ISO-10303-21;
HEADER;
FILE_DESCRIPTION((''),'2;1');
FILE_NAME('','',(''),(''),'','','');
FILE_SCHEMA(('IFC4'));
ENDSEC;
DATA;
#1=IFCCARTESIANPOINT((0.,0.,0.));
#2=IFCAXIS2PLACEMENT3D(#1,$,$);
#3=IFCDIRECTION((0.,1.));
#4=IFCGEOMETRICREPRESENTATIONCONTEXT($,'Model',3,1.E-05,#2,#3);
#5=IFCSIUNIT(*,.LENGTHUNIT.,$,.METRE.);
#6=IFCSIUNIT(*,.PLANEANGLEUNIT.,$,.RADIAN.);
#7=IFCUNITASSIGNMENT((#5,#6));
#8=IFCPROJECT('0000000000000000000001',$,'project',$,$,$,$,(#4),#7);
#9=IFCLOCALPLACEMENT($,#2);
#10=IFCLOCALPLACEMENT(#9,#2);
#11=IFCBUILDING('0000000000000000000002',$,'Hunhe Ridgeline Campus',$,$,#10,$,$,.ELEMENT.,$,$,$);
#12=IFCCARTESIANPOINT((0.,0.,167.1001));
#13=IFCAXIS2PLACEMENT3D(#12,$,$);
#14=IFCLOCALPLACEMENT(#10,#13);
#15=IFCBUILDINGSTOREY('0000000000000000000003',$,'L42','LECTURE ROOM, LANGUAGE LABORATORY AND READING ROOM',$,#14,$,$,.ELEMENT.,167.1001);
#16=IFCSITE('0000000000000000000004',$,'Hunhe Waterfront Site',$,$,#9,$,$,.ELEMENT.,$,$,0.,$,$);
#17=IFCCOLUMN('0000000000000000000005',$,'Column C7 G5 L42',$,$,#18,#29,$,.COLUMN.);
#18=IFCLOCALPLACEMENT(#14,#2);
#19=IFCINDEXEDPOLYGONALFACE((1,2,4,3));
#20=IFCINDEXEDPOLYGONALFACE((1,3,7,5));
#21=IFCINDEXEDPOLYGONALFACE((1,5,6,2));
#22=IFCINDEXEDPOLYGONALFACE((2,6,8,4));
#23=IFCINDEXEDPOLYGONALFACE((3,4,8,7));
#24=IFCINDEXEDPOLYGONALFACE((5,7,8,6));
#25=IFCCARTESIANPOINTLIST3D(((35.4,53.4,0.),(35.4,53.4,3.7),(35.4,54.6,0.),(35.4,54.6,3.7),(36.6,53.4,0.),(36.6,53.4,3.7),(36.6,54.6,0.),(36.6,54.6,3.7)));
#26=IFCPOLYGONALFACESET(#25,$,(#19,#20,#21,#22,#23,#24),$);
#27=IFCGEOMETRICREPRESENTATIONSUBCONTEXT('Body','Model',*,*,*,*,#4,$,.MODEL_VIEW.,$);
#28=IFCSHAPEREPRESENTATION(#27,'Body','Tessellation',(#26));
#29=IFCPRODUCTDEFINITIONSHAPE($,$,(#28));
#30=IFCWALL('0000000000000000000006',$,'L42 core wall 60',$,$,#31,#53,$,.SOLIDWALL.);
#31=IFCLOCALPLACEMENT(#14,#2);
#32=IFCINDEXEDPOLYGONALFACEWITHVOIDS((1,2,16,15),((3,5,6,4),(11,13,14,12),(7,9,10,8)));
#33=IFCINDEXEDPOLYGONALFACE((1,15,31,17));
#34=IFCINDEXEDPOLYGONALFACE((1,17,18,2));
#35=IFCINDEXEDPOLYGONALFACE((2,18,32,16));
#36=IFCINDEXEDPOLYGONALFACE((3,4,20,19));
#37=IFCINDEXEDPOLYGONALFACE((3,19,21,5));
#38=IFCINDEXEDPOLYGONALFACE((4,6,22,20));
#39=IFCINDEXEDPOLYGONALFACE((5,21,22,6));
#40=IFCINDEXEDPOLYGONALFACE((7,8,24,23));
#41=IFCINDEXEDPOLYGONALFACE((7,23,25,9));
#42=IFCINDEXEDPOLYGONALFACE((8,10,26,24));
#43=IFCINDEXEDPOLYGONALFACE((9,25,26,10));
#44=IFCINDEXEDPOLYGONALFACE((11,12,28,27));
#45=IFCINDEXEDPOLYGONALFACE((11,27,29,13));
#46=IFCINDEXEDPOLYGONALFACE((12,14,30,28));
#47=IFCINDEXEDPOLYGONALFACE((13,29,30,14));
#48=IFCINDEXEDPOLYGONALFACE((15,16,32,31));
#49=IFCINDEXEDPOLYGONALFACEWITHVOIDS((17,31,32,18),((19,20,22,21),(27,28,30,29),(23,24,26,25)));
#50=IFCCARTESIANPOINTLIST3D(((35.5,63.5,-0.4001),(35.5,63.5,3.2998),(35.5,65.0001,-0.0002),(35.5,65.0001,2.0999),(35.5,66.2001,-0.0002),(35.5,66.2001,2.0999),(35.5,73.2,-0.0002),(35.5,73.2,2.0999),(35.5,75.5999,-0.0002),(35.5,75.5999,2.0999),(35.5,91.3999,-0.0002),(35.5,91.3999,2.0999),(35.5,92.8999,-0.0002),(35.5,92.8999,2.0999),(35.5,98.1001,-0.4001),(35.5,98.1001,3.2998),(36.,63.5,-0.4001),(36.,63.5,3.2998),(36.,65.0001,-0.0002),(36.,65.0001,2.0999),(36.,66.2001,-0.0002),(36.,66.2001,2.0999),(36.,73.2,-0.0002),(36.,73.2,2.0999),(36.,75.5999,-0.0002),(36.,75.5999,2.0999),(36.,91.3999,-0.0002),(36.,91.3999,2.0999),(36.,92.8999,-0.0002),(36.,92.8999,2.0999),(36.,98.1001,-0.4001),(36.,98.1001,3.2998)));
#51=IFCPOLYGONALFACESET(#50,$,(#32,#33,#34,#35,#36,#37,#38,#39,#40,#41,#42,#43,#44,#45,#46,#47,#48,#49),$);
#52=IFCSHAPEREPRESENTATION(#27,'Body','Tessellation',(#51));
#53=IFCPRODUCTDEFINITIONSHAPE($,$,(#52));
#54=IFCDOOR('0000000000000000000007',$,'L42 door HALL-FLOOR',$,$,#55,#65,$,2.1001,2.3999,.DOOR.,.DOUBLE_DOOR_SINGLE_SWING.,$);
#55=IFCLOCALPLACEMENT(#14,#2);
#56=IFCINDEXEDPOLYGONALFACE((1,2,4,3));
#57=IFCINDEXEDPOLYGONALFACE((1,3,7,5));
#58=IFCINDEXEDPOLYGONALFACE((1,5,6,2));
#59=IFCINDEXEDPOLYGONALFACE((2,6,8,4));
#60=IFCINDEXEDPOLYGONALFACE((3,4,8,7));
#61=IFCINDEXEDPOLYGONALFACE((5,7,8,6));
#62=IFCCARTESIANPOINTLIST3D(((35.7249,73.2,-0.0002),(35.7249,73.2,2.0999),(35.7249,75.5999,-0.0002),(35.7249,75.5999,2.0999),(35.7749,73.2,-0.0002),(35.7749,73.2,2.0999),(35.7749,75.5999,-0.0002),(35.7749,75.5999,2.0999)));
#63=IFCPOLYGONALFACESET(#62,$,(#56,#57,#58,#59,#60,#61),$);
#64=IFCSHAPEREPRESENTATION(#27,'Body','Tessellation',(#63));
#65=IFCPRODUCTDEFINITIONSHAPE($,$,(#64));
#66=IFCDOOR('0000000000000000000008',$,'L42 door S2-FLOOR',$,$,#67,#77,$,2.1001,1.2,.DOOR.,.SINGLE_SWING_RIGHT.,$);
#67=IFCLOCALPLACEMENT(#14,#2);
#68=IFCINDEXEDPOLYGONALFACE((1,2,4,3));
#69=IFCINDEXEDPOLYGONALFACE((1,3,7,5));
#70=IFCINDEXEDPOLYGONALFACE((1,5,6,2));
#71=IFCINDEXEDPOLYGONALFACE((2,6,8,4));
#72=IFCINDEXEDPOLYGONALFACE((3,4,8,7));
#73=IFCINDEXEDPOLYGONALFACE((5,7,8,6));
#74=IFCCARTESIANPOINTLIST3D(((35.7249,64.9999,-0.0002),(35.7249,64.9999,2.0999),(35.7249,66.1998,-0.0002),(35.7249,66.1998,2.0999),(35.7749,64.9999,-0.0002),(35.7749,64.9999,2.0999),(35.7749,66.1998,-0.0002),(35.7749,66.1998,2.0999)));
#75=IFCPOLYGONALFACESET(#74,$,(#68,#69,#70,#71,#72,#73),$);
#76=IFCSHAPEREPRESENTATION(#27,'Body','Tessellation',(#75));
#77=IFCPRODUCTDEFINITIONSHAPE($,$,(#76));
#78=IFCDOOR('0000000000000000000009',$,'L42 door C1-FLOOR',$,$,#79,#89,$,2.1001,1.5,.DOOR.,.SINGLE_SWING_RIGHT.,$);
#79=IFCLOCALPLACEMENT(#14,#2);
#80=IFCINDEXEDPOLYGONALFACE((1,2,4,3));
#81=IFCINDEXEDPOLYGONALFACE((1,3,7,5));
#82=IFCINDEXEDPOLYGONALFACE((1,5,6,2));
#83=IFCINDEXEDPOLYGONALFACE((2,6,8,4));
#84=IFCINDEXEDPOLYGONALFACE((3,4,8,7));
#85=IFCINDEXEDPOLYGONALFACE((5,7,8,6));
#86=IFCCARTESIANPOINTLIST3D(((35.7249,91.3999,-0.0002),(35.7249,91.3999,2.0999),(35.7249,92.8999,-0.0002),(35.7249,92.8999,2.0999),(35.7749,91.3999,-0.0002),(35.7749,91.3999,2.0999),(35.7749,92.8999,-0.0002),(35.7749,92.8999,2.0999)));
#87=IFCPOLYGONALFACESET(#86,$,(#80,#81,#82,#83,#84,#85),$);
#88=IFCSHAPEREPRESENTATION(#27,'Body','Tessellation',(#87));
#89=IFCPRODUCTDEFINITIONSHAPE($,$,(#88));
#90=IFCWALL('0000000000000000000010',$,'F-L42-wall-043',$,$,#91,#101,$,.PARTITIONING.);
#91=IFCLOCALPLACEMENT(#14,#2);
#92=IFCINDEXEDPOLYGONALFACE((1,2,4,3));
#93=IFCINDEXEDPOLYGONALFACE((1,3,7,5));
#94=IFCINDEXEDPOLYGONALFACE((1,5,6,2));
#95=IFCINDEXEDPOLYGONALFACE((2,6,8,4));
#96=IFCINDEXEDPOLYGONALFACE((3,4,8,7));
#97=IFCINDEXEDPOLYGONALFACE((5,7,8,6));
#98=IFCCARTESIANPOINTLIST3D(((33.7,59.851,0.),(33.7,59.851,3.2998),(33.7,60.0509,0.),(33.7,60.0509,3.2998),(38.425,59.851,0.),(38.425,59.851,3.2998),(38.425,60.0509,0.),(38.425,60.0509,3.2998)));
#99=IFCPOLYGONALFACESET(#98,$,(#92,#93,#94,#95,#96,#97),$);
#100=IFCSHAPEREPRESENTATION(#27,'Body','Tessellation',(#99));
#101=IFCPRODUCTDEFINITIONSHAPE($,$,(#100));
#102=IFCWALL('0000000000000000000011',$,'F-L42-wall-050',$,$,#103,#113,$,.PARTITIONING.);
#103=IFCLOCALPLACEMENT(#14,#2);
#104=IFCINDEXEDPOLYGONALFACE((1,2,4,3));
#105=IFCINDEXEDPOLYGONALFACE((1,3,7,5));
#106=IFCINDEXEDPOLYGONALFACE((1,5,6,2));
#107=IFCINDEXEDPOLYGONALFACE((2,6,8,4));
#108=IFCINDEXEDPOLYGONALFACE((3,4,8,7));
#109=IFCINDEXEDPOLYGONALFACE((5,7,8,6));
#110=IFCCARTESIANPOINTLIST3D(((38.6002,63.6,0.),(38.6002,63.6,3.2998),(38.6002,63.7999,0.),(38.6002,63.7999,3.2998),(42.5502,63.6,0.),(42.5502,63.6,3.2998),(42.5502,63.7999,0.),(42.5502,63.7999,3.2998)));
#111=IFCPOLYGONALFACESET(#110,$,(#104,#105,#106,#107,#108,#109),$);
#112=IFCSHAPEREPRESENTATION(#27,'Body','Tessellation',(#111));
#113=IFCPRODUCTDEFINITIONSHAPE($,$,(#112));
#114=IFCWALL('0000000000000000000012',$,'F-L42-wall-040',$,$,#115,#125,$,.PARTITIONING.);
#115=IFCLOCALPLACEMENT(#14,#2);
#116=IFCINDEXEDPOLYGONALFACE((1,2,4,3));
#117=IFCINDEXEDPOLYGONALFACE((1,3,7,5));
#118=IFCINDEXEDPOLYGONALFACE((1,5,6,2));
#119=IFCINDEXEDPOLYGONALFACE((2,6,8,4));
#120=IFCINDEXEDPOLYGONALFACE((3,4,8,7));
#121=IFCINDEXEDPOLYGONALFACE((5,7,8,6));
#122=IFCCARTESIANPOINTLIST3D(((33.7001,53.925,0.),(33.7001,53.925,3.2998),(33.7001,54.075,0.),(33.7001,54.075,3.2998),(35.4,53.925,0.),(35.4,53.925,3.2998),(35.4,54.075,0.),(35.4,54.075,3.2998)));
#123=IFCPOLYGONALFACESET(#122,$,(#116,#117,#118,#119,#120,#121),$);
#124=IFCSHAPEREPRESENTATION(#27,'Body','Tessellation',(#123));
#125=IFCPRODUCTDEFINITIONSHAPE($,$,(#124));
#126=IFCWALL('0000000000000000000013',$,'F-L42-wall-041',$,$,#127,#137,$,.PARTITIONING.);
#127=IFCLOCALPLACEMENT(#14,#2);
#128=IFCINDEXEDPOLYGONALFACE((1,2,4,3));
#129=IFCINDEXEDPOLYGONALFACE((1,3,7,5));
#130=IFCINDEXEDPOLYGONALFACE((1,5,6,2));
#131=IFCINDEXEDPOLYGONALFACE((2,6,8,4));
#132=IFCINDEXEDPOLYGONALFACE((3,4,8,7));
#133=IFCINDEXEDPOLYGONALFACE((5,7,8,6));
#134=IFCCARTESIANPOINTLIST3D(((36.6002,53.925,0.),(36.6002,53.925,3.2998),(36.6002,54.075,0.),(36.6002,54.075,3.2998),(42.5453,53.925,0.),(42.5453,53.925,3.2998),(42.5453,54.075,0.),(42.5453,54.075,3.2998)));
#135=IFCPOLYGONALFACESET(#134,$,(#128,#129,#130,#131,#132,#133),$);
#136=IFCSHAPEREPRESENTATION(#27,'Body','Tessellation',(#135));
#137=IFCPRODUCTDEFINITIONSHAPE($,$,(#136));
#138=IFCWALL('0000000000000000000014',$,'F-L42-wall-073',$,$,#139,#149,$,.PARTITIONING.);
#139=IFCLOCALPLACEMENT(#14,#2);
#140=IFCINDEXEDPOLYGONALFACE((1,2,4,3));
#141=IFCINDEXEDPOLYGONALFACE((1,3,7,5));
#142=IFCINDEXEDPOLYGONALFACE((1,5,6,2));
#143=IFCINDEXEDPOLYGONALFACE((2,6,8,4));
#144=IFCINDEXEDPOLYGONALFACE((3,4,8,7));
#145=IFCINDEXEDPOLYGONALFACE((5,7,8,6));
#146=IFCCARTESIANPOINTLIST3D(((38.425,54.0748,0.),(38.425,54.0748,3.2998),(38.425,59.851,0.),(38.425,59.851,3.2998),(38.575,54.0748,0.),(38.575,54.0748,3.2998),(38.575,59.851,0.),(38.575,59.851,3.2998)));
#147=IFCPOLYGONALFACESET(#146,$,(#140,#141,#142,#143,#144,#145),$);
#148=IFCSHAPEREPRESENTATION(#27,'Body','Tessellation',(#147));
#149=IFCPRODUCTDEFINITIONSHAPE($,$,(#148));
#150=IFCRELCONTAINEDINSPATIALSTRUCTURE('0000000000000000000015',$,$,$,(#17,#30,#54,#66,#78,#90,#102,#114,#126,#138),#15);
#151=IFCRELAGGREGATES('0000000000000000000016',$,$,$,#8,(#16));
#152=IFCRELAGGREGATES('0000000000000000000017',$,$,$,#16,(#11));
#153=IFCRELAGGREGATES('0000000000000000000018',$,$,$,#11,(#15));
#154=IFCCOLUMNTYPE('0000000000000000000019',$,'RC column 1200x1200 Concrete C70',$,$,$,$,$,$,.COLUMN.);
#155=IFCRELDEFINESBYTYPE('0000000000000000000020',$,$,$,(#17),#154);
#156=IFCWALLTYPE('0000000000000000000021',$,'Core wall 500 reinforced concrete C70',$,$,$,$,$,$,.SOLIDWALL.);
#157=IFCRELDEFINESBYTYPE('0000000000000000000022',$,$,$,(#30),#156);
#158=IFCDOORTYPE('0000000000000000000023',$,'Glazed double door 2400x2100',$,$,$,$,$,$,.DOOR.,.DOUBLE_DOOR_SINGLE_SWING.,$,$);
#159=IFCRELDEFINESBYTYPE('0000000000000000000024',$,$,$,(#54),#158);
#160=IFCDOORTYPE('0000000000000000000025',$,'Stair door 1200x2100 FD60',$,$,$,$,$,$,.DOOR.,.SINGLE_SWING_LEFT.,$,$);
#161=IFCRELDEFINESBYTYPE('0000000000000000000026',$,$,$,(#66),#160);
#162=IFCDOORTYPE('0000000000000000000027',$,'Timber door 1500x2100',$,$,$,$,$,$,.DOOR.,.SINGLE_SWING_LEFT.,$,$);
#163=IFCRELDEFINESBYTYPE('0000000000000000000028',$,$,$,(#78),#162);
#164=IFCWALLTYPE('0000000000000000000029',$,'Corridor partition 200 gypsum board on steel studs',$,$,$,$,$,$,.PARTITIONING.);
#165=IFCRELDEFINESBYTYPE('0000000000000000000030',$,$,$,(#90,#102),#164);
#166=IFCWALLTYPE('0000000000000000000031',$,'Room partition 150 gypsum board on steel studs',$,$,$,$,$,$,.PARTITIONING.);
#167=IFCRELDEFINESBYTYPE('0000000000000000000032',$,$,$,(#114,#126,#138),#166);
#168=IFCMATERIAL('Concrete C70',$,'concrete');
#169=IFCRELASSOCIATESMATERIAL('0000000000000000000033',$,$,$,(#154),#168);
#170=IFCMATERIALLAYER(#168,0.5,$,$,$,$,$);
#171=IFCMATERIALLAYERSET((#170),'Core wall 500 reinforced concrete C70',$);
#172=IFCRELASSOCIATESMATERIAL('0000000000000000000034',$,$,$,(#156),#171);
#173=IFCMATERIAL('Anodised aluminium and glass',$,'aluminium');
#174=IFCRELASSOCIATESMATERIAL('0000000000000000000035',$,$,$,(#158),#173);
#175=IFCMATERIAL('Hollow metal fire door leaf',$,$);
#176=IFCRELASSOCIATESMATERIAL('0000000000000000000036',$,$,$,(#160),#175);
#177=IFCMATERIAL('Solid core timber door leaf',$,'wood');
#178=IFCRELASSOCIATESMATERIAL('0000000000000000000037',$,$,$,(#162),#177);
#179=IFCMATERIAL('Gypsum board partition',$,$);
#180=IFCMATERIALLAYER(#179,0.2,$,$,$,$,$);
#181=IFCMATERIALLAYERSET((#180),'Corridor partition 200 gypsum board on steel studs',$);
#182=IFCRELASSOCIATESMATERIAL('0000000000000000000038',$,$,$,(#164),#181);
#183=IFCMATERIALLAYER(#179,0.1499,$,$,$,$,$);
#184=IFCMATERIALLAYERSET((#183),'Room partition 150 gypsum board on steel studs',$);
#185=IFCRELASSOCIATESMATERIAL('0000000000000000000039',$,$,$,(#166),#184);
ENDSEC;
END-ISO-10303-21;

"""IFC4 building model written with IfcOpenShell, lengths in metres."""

from ifc_helpers import new_model, si_unit, direction, frame, frame_2d, origin, origin_2d, place, context, subcontext, project, spatial, rectangle, extrude, material, layer, layer_set, material_profile, profile_set, type_object, element, fill, save


model = new_model("IFC4")

# Units and contexts
model_context = context("Model", 3, precision=1e-05, world=origin(), true_north=direction((0.0, 1.0)))
body_context = subcontext(model_context, "Body", "Model", "MODEL_VIEW")
ifc_project = project(units=[si_unit("LENGTHUNIT", "METRE"), si_unit("PLANEANGLEUNIT", "RADIAN")], contexts=[model_context])

# Site, building, storey
site_placement = place(None, origin())
site = spatial("IfcSite", under=ifc_project, at=site_placement, Name="Hunhe Waterfront Site", CompositionType="ELEMENT", RefElevation=0.0)
building_placement = place(site_placement, origin())
building = spatial("IfcBuilding", under=site, at=building_placement, Name="Hunhe Ridgeline Campus", CompositionType="ELEMENT")
storey_placement = place(building_placement, frame((0.0, 0.0, 167.1001)))
storey = spatial("IfcBuildingStorey", under=building, at=storey_placement, Name="L42", Description="LECTURE ROOM, LANGUAGE LABORATORY AND READING ROOM", CompositionType="ELEMENT", Elevation=167.1001)

# Column
ifc_material_1 = material(Name="Concrete C70", Category="concrete")
ifc_material_profile = material_profile(ifc_material_1, rectangle(XDim=1.2, YDim=1.2, at=origin_2d()))
ifc_profile_set = profile_set([ifc_material_profile], Name="Concrete C70")
column_type = type_object("IfcColumnType", Name="RC column 1200x1200 Concrete C70", PredefinedType="COLUMN", material=ifc_profile_set)
column_placement = place(storey_placement, frame((36.0, 54.0, 0.0), z_axis=(0.0, 0.0, 1.0), x_axis=(1.0, 0.0, 0.0)))
element("IfcColumn", 1, at=column_placement, inside=storey, type_object=column_type, Name="Column C7 G5 L42", PredefinedType="COLUMN", context=body_context, shape_type="SweptSolid", body=[
    extrude(rectangle(XDim=1.2, YDim=1.2, at=origin_2d()), origin(), (0.0, 0.0, 1.0), 3.7),
])

# Wall, openings, doors
ifc_layer_1 = layer(ifc_material_1, 0.5)
ifc_layer_set_1 = layer_set([ifc_layer_1], Name="Core wall 500 reinforced concrete C70")
wall_type_1 = type_object("IfcWallType", Name="Core wall 500 reinforced concrete C70", PredefinedType="SOLIDWALL", material=ifc_layer_set_1)
wall_1_placement = place(storey_placement, frame((35.75, 63.5, -0.4001), z_axis=(0.0, 0.0, 1.0), x_axis=(0.0, 1.0, 0.0)))
wall_1 = element("IfcWall", 2, at=wall_1_placement, inside=storey, type_object=wall_type_1, Name="L42 core wall 60", PredefinedType="SOLIDWALL", context=body_context, shape_type="SweptSolid", body=[
    extrude(rectangle(XDim=34.6001, YDim=0.5, at=frame_2d((17.3, 0.0))), origin(), (0.0, 0.0, 1.0), 3.7),
])
opening_1_placement = place(wall_1_placement, frame((9.7, 0.0, 0.3999)))
opening_1 = element("IfcOpeningElement", 3, at=opening_1_placement, cuts=wall_1, PredefinedType="OPENING", context=body_context, shape_type="SweptSolid", body=[
    extrude(rectangle(XDim=2.3999, YDim=2.1001, at=frame_2d((1.2, 1.05))), frame((0.0, 0.25, 0.0), z_axis=(0.0, -1.0, 0.0), x_axis=(1.0, 0.0, 0.0)), (0.0, 0.0, 1.0), 0.5),
])
opening_2_placement = place(wall_1_placement, frame((27.8999, 0.0, 0.3999)))
opening_2 = element("IfcOpeningElement", 4, at=opening_2_placement, cuts=wall_1, PredefinedType="OPENING", context=body_context, shape_type="SweptSolid", body=[
    extrude(rectangle(XDim=1.5, YDim=2.1001, at=frame_2d((0.75, 1.05))), frame((0.0, 0.25, 0.0), z_axis=(0.0, -1.0, 0.0), x_axis=(1.0, 0.0, 0.0)), (0.0, 0.0, 1.0), 0.5),
])
opening_3_placement = place(wall_1_placement, frame((1.5, 0.0, 0.3999)))
opening_3 = element("IfcOpeningElement", 5, at=opening_3_placement, cuts=wall_1, PredefinedType="OPENING", context=body_context, shape_type="SweptSolid", body=[
    extrude(rectangle(XDim=1.2, YDim=2.1001, at=frame_2d((0.6001, 1.05))), frame((0.0, 0.25, 0.0), z_axis=(0.0, -1.0, 0.0), x_axis=(1.0, 0.0, 0.0)), (0.0, 0.0, 1.0), 0.5),
])
ifc_material_2 = material(Name="Anodised aluminium and glass", Category="aluminium")
door_type_1 = type_object("IfcDoorType", Name="Glazed double door 2400x2100", OperationType="DOUBLE_DOOR_SINGLE_SWING", PredefinedType="DOOR", material=ifc_material_2)
door_1_placement = place(opening_1_placement, frame((2.3999, 0.0, 0.0), z_axis=(0.0, 0.0, 1.0), x_axis=(-1.0, 0.0, 0.0)))
door_1 = element("IfcDoor", 6, at=door_1_placement, inside=storey, type_object=door_type_1, Name="L42 door HALL-FLOOR", OperationType="DOUBLE_DOOR_SINGLE_SWING", OverallHeight=2.1001, OverallWidth=2.3999, PredefinedType="DOOR", context=body_context, shape_type="SweptSolid", body=[
    extrude(rectangle(XDim=2.3999, YDim=2.1001, at=frame_2d((1.2, 1.05))), frame((0.0, 0.0249, 0.0), z_axis=(0.0, -1.0, 0.0), x_axis=(1.0, 0.0, 0.0)), (0.0, 0.0, 1.0), 0.05),
])
fill(opening_1, door_1)
ifc_material_3 = material(Name="Hollow metal fire door leaf")
door_type_2 = type_object("IfcDoorType", Name="Stair door 1200x2100 FD60", OperationType="SINGLE_SWING_LEFT", PredefinedType="DOOR", material=ifc_material_3)
door_2_placement = place(opening_3_placement, frame((1.2, 0.0, 0.0), z_axis=(0.0, 0.0, 1.0), x_axis=(-1.0, 0.0, 0.0)))
door_2 = element("IfcDoor", 7, at=door_2_placement, inside=storey, type_object=door_type_2, Name="L42 door S2-FLOOR", OperationType="SINGLE_SWING_RIGHT", OverallHeight=2.1001, OverallWidth=1.2, PredefinedType="DOOR", context=body_context, shape_type="SweptSolid", body=[
    extrude(rectangle(XDim=1.2, YDim=2.1001, at=frame_2d((0.6001, 1.05))), frame((0.0, 0.0249, 0.0), z_axis=(0.0, -1.0, 0.0), x_axis=(1.0, 0.0, 0.0)), (0.0, 0.0, 1.0), 0.05),
])
fill(opening_3, door_2)
ifc_material_4 = material(Name="Solid core timber door leaf", Category="wood")
door_type_3 = type_object("IfcDoorType", Name="Timber door 1500x2100", OperationType="SINGLE_SWING_LEFT", PredefinedType="DOOR", material=ifc_material_4)
door_3_placement = place(opening_2_placement, frame((1.5, 0.0, 0.0), z_axis=(0.0, 0.0, 1.0), x_axis=(-1.0, 0.0, 0.0)))
door_3 = element("IfcDoor", 8, at=door_3_placement, inside=storey, type_object=door_type_3, Name="L42 door C1-FLOOR", OperationType="SINGLE_SWING_RIGHT", OverallHeight=2.1001, OverallWidth=1.5, PredefinedType="DOOR", context=body_context, shape_type="SweptSolid", body=[
    extrude(rectangle(XDim=1.5, YDim=2.1001, at=frame_2d((0.75, 1.05))), frame((0.0, 0.0249, 0.0), z_axis=(0.0, -1.0, 0.0), x_axis=(1.0, 0.0, 0.0)), (0.0, 0.0, 1.0), 0.05),
])
fill(opening_2, door_3)

# Wall
ifc_material_5 = material(Name="Gypsum board partition")
ifc_layer_2 = layer(ifc_material_5, 0.2)
ifc_layer_set_2 = layer_set([ifc_layer_2], Name="Corridor partition 200 gypsum board on steel studs")
wall_type_2 = type_object("IfcWallType", Name="Corridor partition 200 gypsum board on steel studs", PredefinedType="PARTITIONING", material=ifc_layer_set_2)
wall_2_placement = place(storey_placement, frame((38.425, 59.9509, 0.0), z_axis=(0.0, 0.0, 1.0), x_axis=(-1.0, 0.0, 0.0)))
element("IfcWall", 9, at=wall_2_placement, inside=storey, type_object=wall_type_2, Name="F-L42-wall-043", PredefinedType="PARTITIONING", context=body_context, shape_type="SweptSolid", body=[
    extrude(rectangle(XDim=4.7251, YDim=0.2, at=frame_2d((2.3625, 0.0))), origin(), (0.0, 0.0, 1.0), 3.2998),
])

# Wall
wall_3_placement = place(storey_placement, frame((38.6001, 63.7, 0.0), z_axis=(0.0, 0.0, 1.0), x_axis=(1.0, 0.0, 0.0)))
element("IfcWall", 10, at=wall_3_placement, inside=storey, type_object=wall_type_2, Name="F-L42-wall-050", PredefinedType="PARTITIONING", context=body_context, shape_type="SweptSolid", body=[
    extrude(rectangle(XDim=3.95, YDim=0.2, at=frame_2d((1.9751, 0.0))), origin(), (0.0, 0.0, 1.0), 3.2998),
])

# Walls
ifc_layer_3 = layer(ifc_material_5, 0.1499)
ifc_layer_set_3 = layer_set([ifc_layer_3], Name="Room partition 150 gypsum board on steel studs")
wall_type_3 = type_object("IfcWallType", Name="Room partition 150 gypsum board on steel studs", PredefinedType="PARTITIONING", material=ifc_layer_set_3)
wall_4_placement = place(storey_placement, frame((33.7, 54.0, 0.0), z_axis=(0.0, 0.0, 1.0), x_axis=(1.0, 0.0, 0.0)))
element("IfcWall", 11, at=wall_4_placement, inside=storey, type_object=wall_type_3, Name="F-L42-wall-040", PredefinedType="PARTITIONING", context=body_context, shape_type="SweptSolid", body=[
    extrude(rectangle(XDim=1.7, YDim=0.1499, at=frame_2d((0.8501, 0.0))), origin(), (0.0, 0.0, 1.0), 3.2998),
])
wall_5_placement = place(storey_placement, frame((36.6001, 54.0, 0.0), z_axis=(0.0, 0.0, 1.0), x_axis=(1.0, 0.0, 0.0)))
element("IfcWall", 12, at=wall_5_placement, inside=storey, type_object=wall_type_3, Name="F-L42-wall-041", PredefinedType="PARTITIONING", context=body_context, shape_type="SweptSolid", body=[
    extrude(rectangle(XDim=5.9451, YDim=0.1499, at=frame_2d((2.9727, 0.0))), origin(), (0.0, 0.0, 1.0), 3.2998),
])
wall_6_placement = place(storey_placement, frame((38.5, 59.8511, 0.0), z_axis=(0.0, 0.0, 1.0), x_axis=(0.0, -1.0, 0.0)))
element("IfcWall", 13, at=wall_6_placement, inside=storey, type_object=wall_type_3, Name="F-L42-wall-073", PredefinedType="PARTITIONING", context=body_context, shape_type="SweptSolid", body=[
    extrude(rectangle(XDim=5.7761, YDim=0.1499, at=frame_2d((2.8882, 0.0))), origin(), (0.0, 0.0, 1.0), 3.2998),
])

save(model, "model.ifc")
